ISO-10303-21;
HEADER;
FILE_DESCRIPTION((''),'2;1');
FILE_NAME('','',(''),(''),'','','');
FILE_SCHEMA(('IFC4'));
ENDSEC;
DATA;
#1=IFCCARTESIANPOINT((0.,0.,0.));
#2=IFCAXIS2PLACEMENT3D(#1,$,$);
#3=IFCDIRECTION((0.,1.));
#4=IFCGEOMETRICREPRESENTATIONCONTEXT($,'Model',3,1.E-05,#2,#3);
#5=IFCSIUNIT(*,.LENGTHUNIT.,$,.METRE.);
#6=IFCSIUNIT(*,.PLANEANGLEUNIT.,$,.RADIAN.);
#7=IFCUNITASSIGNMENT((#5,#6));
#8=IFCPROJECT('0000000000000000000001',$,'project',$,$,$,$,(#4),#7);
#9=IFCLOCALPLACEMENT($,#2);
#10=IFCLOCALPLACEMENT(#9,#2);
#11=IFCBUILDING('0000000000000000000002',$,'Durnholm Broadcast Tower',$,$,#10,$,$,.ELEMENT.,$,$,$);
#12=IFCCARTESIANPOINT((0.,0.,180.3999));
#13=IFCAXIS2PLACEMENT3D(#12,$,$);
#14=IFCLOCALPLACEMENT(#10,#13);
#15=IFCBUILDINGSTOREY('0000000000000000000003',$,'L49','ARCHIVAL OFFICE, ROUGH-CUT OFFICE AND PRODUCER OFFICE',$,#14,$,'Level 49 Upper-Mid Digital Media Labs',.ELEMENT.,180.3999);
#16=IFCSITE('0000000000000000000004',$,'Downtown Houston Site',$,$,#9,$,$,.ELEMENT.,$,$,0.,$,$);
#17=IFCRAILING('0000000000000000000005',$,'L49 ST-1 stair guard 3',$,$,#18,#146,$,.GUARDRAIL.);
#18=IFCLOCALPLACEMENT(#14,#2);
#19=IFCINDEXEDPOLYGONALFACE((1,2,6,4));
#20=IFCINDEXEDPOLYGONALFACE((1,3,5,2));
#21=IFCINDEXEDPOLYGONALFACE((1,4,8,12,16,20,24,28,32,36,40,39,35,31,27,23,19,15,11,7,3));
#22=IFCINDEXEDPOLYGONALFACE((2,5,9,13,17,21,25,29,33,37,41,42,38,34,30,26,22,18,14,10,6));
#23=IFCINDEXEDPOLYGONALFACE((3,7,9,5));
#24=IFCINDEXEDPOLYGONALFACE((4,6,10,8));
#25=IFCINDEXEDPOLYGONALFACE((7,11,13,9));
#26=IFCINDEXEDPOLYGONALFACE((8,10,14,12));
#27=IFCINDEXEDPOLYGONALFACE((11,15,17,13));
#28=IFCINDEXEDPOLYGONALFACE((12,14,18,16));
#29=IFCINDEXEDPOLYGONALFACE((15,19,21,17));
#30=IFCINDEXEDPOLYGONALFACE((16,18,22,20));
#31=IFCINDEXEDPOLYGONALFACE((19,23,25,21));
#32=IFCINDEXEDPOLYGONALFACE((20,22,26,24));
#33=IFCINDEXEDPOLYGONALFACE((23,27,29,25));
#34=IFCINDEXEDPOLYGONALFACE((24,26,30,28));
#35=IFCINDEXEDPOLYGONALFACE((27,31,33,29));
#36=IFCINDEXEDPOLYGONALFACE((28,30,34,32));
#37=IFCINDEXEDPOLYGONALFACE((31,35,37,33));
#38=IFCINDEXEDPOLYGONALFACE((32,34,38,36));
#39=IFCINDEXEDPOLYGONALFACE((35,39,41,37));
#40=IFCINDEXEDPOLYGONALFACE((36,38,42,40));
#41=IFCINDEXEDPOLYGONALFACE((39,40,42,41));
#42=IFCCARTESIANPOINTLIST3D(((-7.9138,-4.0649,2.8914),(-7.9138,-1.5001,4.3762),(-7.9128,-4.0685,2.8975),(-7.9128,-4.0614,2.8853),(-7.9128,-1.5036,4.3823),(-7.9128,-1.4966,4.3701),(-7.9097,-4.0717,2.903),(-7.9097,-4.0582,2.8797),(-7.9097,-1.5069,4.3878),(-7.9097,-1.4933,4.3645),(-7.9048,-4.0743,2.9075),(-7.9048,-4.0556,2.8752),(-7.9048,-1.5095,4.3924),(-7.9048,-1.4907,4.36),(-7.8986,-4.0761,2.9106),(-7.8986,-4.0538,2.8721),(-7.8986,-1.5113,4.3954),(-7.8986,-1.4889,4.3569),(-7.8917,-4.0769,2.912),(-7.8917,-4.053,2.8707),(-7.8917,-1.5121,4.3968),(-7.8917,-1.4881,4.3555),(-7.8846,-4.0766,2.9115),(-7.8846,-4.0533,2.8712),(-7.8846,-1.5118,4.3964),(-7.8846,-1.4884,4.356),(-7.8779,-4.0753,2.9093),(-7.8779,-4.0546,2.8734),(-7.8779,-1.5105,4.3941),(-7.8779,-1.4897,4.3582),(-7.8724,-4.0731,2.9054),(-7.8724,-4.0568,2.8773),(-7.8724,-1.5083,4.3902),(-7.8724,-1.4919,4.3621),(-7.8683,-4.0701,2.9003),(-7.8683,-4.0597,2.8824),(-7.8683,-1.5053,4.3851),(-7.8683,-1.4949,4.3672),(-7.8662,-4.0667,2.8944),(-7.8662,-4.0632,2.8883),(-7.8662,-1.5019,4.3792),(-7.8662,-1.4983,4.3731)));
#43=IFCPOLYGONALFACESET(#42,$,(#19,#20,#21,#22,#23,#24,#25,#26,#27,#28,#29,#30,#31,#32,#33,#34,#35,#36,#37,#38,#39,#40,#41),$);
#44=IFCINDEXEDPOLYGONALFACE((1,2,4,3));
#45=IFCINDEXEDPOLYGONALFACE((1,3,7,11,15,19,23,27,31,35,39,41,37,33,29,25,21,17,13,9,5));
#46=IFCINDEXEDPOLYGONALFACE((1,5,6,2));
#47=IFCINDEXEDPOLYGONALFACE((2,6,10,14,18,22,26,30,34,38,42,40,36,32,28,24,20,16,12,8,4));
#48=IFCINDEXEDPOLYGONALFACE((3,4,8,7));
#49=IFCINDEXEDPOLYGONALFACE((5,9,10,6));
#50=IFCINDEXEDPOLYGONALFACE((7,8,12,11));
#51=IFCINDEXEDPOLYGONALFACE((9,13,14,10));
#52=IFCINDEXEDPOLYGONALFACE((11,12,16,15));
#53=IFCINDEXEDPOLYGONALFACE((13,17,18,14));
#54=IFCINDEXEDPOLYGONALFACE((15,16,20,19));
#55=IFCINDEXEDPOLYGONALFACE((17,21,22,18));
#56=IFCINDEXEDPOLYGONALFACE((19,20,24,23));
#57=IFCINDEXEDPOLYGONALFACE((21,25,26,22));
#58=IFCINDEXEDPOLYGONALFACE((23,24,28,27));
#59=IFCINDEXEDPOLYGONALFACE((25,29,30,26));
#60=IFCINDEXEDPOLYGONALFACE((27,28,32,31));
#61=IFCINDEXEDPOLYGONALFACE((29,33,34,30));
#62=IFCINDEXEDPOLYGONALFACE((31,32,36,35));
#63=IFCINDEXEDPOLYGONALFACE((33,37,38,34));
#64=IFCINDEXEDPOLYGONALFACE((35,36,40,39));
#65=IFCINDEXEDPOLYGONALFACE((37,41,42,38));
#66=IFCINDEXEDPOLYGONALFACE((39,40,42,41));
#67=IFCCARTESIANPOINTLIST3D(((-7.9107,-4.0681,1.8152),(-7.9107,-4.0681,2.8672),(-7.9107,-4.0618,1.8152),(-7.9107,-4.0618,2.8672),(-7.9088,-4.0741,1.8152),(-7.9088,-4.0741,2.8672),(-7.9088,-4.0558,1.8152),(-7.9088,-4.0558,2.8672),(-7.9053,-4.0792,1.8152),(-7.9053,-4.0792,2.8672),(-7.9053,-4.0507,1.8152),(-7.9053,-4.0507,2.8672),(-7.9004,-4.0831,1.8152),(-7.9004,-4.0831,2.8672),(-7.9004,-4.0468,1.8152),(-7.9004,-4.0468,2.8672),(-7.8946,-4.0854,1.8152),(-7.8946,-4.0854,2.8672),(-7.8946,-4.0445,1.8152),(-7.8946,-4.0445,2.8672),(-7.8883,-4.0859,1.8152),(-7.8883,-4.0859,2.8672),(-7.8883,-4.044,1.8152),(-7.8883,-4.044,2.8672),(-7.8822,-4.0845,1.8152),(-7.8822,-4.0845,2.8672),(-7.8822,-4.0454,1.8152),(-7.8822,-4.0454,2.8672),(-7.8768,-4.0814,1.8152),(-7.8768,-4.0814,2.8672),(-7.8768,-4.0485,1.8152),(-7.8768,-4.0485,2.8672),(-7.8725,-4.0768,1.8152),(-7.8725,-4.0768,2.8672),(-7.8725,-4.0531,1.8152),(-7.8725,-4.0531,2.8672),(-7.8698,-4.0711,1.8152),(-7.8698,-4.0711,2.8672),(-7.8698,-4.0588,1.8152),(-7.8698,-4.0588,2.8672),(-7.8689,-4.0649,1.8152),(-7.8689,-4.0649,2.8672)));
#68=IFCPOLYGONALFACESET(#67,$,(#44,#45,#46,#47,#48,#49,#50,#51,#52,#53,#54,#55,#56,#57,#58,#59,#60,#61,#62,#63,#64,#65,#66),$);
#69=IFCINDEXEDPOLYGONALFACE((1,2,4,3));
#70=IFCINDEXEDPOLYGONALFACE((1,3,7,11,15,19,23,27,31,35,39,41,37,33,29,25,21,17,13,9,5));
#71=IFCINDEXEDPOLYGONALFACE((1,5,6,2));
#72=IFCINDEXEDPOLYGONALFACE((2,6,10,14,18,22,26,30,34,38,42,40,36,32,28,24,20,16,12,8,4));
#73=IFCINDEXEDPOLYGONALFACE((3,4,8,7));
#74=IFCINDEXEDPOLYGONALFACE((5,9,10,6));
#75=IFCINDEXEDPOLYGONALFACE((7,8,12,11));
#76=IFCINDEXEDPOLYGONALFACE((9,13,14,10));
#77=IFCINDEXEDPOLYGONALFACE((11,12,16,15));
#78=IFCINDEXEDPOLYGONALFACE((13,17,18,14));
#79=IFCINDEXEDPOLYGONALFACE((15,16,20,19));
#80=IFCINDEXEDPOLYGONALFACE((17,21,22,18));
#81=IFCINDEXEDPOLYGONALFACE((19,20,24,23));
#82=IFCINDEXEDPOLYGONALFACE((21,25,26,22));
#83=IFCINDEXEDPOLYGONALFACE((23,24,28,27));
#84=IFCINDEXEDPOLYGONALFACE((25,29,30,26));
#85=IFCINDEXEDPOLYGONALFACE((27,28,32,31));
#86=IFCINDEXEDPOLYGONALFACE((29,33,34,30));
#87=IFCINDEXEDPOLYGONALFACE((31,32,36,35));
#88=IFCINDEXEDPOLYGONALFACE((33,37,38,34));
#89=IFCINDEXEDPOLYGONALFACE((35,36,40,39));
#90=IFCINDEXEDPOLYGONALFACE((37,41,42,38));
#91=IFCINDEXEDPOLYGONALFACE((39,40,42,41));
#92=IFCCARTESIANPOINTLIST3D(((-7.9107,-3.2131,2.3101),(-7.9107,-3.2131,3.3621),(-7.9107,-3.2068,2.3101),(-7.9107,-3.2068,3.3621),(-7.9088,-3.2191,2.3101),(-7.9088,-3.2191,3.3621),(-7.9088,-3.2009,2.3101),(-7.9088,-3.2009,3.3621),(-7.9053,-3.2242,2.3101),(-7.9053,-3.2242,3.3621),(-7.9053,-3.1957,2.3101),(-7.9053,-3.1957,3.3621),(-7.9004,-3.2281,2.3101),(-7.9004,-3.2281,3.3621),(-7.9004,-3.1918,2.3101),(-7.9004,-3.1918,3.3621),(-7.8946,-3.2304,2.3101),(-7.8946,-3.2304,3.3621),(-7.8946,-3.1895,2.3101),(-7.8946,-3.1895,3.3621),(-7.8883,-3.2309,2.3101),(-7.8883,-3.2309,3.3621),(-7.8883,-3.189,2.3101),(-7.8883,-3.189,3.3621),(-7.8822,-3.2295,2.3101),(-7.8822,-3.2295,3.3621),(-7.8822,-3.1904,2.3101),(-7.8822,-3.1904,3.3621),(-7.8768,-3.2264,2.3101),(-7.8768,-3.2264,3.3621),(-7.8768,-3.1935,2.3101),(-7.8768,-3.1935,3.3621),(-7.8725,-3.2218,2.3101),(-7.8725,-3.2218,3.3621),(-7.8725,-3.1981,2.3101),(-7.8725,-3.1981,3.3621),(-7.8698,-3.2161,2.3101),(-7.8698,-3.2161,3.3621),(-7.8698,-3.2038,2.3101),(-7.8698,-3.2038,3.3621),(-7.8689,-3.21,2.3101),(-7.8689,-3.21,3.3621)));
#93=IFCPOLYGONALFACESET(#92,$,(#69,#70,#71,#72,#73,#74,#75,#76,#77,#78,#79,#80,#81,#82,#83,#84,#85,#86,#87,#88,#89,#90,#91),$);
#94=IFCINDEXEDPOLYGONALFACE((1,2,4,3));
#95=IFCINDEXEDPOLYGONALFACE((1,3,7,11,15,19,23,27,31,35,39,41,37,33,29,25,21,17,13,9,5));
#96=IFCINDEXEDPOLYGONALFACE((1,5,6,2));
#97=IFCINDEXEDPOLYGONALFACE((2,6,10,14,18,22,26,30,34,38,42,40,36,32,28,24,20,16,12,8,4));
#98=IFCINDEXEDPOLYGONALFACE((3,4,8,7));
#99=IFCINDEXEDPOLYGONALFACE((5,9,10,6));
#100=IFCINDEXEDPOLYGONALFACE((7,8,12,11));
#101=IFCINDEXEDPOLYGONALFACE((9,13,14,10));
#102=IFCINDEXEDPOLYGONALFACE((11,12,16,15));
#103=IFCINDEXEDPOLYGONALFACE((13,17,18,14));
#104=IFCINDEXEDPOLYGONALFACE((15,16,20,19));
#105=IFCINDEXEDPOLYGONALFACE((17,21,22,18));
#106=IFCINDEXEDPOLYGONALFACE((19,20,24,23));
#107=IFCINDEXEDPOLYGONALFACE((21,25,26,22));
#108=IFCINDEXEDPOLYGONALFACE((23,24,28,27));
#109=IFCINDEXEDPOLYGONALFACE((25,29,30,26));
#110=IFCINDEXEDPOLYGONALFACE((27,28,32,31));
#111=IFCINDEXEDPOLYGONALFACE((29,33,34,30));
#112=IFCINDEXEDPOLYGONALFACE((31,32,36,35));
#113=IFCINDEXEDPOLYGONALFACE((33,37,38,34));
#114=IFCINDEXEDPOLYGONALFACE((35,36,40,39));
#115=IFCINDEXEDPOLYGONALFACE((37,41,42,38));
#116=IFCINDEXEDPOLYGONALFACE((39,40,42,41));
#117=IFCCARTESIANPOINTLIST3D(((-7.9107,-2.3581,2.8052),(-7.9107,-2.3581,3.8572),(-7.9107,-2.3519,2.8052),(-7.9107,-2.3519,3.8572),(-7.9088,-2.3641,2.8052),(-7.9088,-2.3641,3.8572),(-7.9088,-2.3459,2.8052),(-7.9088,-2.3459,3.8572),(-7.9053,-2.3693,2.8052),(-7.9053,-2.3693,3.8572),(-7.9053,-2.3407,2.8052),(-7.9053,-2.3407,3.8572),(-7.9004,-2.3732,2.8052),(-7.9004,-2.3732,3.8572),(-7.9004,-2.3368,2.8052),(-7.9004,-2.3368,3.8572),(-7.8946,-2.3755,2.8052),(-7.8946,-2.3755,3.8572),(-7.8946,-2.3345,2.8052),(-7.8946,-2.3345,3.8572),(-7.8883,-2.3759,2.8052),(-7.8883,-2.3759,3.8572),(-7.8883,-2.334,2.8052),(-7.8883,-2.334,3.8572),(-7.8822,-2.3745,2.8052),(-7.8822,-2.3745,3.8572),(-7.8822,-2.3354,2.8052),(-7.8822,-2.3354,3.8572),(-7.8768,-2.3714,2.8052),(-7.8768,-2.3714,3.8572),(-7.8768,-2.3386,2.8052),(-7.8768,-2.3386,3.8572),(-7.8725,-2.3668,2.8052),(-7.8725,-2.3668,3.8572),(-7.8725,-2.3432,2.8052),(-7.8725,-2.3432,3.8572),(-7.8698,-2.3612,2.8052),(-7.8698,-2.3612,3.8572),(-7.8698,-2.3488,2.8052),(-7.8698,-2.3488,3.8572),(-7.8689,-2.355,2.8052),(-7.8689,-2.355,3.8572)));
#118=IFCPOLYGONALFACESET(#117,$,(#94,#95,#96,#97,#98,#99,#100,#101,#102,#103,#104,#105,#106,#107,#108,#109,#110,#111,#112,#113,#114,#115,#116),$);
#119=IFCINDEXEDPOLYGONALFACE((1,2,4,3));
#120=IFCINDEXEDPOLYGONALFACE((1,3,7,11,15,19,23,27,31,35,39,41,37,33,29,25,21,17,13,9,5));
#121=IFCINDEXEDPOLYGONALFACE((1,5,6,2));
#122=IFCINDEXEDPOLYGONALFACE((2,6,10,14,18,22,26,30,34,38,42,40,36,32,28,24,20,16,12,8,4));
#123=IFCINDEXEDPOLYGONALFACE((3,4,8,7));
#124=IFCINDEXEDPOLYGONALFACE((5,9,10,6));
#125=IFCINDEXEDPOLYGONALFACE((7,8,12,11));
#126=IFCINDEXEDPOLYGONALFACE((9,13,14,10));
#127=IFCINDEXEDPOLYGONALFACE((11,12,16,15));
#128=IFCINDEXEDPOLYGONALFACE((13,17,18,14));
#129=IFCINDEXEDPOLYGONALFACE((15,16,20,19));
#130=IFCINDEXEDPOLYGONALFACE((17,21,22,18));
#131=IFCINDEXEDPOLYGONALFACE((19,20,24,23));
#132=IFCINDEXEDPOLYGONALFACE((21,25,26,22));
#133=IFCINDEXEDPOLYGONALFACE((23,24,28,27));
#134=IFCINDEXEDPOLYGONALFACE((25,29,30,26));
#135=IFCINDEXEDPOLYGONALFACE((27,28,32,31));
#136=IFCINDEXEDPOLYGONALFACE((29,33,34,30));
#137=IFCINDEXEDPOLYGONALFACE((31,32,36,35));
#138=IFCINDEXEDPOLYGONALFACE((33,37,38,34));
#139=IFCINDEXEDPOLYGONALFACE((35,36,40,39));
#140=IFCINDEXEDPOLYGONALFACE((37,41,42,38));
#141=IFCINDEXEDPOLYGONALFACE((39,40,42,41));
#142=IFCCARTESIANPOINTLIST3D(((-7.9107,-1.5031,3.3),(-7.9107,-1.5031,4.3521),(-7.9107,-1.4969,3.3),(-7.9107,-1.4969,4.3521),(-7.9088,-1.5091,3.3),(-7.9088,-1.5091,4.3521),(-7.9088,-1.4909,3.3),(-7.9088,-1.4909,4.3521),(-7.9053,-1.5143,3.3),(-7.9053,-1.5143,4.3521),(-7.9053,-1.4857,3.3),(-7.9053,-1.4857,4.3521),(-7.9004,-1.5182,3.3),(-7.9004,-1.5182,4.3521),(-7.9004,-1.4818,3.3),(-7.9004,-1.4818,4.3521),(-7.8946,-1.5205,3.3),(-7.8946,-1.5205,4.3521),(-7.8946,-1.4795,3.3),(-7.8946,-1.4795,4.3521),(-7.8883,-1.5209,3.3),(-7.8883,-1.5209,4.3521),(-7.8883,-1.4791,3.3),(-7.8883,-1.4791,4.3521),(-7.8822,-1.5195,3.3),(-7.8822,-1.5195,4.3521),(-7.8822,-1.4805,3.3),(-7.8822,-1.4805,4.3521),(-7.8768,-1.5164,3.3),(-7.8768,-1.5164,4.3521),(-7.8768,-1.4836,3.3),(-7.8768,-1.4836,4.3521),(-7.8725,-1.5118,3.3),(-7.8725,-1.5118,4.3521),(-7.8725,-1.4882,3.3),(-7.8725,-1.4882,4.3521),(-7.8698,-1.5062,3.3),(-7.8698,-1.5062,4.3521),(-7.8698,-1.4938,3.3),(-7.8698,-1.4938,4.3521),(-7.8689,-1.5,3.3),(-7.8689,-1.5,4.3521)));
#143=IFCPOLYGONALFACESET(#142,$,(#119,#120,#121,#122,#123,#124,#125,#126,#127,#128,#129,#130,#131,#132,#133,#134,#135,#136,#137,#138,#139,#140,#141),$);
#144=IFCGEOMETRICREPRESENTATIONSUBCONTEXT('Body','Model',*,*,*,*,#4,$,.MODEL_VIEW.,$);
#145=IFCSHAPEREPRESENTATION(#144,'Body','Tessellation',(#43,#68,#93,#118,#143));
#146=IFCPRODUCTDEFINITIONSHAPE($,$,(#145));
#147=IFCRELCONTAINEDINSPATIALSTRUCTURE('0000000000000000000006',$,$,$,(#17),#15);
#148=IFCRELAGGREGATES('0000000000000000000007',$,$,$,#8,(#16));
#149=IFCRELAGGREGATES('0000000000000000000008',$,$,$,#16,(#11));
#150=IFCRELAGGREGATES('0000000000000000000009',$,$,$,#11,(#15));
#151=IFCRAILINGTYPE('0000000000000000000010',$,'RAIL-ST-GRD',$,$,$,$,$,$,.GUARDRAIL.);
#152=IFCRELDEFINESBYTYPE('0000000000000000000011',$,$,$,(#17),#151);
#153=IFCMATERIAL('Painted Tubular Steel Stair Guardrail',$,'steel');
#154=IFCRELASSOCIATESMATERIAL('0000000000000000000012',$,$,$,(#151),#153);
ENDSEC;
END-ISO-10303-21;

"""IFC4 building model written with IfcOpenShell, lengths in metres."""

from ifc_helpers import new_model, si_unit, direction, frame, origin, origin_2d, place, context, subcontext, project, spatial, circle, extrude, material, type_object, element, save


model = new_model("IFC4")

# Units and contexts
model_context = context("Model", 3, precision=1e-05, world=origin(), true_north=direction((0.0, 1.0)))
body_context = subcontext(model_context, "Body", "Model", "MODEL_VIEW")
ifc_project = project(units=[si_unit("LENGTHUNIT", "METRE"), si_unit("PLANEANGLEUNIT", "RADIAN")], contexts=[model_context])

# Site, building, storey
site_placement = place(None, origin())
site = spatial("IfcSite", under=ifc_project, at=site_placement, Name="Downtown Houston Site", CompositionType="ELEMENT", RefElevation=0.0)
building_placement = place(site_placement, origin())
building = spatial("IfcBuilding", under=site, at=building_placement, Name="Durnholm Broadcast Tower", CompositionType="ELEMENT")
storey_placement = place(building_placement, frame((0.0, 0.0, 180.3999)))
storey = spatial("IfcBuildingStorey", under=building, at=storey_placement, Name="L49", Description="ARCHIVAL OFFICE, ROUGH-CUT OFFICE AND PRODUCER OFFICE", LongName="Level 49 Upper-Mid Digital Media Labs", CompositionType="ELEMENT", Elevation=180.3999)

# Railing
ifc_material_1 = material(Name="Painted Tubular Steel Stair Guardrail", Category="steel")
railing_type_1 = type_object("IfcRailingType", Name="RAIL-ST-GRD", PredefinedType="GUARDRAIL", material=ifc_material_1)
railing_1_placement = place(storey_placement, frame((-7.8899, -4.0649, 1.8152)))
element("IfcRailing", 1, at=railing_1_placement, inside=storey, type_object=railing_type_1, Name="L49 ST-1 stair guard 3", PredefinedType="GUARDRAIL", context=body_context, shape_type="SweptSolid", body=[
    extrude(circle(Radius=0.0239, at=origin_2d()), frame((0.0, 0.0, 1.0762), z_axis=(0.0, 0.865441, 0.50101), x_axis=(-1.0, 0.0, 0.0)), (0.0, 0.0, 1.0), 2.9636),
    extrude(circle(Radius=0.021, at=origin_2d()), origin(), (0.0, 0.0, 1.0), 1.052),
    extrude(circle(Radius=0.021, at=origin_2d()), frame((0.0, 0.855, 0.4949)), (0.0, 0.0, 1.0), 1.052),
    extrude(circle(Radius=0.021, at=origin_2d()), frame((0.0, 1.71, 0.99)), (0.0, 0.0, 1.0), 1.052),
    extrude(circle(Radius=0.021, at=origin_2d()), frame((0.0, 2.5649, 1.4849)), (0.0, 0.0, 1.0), 1.052),
])

save(model, "model.ifc")
